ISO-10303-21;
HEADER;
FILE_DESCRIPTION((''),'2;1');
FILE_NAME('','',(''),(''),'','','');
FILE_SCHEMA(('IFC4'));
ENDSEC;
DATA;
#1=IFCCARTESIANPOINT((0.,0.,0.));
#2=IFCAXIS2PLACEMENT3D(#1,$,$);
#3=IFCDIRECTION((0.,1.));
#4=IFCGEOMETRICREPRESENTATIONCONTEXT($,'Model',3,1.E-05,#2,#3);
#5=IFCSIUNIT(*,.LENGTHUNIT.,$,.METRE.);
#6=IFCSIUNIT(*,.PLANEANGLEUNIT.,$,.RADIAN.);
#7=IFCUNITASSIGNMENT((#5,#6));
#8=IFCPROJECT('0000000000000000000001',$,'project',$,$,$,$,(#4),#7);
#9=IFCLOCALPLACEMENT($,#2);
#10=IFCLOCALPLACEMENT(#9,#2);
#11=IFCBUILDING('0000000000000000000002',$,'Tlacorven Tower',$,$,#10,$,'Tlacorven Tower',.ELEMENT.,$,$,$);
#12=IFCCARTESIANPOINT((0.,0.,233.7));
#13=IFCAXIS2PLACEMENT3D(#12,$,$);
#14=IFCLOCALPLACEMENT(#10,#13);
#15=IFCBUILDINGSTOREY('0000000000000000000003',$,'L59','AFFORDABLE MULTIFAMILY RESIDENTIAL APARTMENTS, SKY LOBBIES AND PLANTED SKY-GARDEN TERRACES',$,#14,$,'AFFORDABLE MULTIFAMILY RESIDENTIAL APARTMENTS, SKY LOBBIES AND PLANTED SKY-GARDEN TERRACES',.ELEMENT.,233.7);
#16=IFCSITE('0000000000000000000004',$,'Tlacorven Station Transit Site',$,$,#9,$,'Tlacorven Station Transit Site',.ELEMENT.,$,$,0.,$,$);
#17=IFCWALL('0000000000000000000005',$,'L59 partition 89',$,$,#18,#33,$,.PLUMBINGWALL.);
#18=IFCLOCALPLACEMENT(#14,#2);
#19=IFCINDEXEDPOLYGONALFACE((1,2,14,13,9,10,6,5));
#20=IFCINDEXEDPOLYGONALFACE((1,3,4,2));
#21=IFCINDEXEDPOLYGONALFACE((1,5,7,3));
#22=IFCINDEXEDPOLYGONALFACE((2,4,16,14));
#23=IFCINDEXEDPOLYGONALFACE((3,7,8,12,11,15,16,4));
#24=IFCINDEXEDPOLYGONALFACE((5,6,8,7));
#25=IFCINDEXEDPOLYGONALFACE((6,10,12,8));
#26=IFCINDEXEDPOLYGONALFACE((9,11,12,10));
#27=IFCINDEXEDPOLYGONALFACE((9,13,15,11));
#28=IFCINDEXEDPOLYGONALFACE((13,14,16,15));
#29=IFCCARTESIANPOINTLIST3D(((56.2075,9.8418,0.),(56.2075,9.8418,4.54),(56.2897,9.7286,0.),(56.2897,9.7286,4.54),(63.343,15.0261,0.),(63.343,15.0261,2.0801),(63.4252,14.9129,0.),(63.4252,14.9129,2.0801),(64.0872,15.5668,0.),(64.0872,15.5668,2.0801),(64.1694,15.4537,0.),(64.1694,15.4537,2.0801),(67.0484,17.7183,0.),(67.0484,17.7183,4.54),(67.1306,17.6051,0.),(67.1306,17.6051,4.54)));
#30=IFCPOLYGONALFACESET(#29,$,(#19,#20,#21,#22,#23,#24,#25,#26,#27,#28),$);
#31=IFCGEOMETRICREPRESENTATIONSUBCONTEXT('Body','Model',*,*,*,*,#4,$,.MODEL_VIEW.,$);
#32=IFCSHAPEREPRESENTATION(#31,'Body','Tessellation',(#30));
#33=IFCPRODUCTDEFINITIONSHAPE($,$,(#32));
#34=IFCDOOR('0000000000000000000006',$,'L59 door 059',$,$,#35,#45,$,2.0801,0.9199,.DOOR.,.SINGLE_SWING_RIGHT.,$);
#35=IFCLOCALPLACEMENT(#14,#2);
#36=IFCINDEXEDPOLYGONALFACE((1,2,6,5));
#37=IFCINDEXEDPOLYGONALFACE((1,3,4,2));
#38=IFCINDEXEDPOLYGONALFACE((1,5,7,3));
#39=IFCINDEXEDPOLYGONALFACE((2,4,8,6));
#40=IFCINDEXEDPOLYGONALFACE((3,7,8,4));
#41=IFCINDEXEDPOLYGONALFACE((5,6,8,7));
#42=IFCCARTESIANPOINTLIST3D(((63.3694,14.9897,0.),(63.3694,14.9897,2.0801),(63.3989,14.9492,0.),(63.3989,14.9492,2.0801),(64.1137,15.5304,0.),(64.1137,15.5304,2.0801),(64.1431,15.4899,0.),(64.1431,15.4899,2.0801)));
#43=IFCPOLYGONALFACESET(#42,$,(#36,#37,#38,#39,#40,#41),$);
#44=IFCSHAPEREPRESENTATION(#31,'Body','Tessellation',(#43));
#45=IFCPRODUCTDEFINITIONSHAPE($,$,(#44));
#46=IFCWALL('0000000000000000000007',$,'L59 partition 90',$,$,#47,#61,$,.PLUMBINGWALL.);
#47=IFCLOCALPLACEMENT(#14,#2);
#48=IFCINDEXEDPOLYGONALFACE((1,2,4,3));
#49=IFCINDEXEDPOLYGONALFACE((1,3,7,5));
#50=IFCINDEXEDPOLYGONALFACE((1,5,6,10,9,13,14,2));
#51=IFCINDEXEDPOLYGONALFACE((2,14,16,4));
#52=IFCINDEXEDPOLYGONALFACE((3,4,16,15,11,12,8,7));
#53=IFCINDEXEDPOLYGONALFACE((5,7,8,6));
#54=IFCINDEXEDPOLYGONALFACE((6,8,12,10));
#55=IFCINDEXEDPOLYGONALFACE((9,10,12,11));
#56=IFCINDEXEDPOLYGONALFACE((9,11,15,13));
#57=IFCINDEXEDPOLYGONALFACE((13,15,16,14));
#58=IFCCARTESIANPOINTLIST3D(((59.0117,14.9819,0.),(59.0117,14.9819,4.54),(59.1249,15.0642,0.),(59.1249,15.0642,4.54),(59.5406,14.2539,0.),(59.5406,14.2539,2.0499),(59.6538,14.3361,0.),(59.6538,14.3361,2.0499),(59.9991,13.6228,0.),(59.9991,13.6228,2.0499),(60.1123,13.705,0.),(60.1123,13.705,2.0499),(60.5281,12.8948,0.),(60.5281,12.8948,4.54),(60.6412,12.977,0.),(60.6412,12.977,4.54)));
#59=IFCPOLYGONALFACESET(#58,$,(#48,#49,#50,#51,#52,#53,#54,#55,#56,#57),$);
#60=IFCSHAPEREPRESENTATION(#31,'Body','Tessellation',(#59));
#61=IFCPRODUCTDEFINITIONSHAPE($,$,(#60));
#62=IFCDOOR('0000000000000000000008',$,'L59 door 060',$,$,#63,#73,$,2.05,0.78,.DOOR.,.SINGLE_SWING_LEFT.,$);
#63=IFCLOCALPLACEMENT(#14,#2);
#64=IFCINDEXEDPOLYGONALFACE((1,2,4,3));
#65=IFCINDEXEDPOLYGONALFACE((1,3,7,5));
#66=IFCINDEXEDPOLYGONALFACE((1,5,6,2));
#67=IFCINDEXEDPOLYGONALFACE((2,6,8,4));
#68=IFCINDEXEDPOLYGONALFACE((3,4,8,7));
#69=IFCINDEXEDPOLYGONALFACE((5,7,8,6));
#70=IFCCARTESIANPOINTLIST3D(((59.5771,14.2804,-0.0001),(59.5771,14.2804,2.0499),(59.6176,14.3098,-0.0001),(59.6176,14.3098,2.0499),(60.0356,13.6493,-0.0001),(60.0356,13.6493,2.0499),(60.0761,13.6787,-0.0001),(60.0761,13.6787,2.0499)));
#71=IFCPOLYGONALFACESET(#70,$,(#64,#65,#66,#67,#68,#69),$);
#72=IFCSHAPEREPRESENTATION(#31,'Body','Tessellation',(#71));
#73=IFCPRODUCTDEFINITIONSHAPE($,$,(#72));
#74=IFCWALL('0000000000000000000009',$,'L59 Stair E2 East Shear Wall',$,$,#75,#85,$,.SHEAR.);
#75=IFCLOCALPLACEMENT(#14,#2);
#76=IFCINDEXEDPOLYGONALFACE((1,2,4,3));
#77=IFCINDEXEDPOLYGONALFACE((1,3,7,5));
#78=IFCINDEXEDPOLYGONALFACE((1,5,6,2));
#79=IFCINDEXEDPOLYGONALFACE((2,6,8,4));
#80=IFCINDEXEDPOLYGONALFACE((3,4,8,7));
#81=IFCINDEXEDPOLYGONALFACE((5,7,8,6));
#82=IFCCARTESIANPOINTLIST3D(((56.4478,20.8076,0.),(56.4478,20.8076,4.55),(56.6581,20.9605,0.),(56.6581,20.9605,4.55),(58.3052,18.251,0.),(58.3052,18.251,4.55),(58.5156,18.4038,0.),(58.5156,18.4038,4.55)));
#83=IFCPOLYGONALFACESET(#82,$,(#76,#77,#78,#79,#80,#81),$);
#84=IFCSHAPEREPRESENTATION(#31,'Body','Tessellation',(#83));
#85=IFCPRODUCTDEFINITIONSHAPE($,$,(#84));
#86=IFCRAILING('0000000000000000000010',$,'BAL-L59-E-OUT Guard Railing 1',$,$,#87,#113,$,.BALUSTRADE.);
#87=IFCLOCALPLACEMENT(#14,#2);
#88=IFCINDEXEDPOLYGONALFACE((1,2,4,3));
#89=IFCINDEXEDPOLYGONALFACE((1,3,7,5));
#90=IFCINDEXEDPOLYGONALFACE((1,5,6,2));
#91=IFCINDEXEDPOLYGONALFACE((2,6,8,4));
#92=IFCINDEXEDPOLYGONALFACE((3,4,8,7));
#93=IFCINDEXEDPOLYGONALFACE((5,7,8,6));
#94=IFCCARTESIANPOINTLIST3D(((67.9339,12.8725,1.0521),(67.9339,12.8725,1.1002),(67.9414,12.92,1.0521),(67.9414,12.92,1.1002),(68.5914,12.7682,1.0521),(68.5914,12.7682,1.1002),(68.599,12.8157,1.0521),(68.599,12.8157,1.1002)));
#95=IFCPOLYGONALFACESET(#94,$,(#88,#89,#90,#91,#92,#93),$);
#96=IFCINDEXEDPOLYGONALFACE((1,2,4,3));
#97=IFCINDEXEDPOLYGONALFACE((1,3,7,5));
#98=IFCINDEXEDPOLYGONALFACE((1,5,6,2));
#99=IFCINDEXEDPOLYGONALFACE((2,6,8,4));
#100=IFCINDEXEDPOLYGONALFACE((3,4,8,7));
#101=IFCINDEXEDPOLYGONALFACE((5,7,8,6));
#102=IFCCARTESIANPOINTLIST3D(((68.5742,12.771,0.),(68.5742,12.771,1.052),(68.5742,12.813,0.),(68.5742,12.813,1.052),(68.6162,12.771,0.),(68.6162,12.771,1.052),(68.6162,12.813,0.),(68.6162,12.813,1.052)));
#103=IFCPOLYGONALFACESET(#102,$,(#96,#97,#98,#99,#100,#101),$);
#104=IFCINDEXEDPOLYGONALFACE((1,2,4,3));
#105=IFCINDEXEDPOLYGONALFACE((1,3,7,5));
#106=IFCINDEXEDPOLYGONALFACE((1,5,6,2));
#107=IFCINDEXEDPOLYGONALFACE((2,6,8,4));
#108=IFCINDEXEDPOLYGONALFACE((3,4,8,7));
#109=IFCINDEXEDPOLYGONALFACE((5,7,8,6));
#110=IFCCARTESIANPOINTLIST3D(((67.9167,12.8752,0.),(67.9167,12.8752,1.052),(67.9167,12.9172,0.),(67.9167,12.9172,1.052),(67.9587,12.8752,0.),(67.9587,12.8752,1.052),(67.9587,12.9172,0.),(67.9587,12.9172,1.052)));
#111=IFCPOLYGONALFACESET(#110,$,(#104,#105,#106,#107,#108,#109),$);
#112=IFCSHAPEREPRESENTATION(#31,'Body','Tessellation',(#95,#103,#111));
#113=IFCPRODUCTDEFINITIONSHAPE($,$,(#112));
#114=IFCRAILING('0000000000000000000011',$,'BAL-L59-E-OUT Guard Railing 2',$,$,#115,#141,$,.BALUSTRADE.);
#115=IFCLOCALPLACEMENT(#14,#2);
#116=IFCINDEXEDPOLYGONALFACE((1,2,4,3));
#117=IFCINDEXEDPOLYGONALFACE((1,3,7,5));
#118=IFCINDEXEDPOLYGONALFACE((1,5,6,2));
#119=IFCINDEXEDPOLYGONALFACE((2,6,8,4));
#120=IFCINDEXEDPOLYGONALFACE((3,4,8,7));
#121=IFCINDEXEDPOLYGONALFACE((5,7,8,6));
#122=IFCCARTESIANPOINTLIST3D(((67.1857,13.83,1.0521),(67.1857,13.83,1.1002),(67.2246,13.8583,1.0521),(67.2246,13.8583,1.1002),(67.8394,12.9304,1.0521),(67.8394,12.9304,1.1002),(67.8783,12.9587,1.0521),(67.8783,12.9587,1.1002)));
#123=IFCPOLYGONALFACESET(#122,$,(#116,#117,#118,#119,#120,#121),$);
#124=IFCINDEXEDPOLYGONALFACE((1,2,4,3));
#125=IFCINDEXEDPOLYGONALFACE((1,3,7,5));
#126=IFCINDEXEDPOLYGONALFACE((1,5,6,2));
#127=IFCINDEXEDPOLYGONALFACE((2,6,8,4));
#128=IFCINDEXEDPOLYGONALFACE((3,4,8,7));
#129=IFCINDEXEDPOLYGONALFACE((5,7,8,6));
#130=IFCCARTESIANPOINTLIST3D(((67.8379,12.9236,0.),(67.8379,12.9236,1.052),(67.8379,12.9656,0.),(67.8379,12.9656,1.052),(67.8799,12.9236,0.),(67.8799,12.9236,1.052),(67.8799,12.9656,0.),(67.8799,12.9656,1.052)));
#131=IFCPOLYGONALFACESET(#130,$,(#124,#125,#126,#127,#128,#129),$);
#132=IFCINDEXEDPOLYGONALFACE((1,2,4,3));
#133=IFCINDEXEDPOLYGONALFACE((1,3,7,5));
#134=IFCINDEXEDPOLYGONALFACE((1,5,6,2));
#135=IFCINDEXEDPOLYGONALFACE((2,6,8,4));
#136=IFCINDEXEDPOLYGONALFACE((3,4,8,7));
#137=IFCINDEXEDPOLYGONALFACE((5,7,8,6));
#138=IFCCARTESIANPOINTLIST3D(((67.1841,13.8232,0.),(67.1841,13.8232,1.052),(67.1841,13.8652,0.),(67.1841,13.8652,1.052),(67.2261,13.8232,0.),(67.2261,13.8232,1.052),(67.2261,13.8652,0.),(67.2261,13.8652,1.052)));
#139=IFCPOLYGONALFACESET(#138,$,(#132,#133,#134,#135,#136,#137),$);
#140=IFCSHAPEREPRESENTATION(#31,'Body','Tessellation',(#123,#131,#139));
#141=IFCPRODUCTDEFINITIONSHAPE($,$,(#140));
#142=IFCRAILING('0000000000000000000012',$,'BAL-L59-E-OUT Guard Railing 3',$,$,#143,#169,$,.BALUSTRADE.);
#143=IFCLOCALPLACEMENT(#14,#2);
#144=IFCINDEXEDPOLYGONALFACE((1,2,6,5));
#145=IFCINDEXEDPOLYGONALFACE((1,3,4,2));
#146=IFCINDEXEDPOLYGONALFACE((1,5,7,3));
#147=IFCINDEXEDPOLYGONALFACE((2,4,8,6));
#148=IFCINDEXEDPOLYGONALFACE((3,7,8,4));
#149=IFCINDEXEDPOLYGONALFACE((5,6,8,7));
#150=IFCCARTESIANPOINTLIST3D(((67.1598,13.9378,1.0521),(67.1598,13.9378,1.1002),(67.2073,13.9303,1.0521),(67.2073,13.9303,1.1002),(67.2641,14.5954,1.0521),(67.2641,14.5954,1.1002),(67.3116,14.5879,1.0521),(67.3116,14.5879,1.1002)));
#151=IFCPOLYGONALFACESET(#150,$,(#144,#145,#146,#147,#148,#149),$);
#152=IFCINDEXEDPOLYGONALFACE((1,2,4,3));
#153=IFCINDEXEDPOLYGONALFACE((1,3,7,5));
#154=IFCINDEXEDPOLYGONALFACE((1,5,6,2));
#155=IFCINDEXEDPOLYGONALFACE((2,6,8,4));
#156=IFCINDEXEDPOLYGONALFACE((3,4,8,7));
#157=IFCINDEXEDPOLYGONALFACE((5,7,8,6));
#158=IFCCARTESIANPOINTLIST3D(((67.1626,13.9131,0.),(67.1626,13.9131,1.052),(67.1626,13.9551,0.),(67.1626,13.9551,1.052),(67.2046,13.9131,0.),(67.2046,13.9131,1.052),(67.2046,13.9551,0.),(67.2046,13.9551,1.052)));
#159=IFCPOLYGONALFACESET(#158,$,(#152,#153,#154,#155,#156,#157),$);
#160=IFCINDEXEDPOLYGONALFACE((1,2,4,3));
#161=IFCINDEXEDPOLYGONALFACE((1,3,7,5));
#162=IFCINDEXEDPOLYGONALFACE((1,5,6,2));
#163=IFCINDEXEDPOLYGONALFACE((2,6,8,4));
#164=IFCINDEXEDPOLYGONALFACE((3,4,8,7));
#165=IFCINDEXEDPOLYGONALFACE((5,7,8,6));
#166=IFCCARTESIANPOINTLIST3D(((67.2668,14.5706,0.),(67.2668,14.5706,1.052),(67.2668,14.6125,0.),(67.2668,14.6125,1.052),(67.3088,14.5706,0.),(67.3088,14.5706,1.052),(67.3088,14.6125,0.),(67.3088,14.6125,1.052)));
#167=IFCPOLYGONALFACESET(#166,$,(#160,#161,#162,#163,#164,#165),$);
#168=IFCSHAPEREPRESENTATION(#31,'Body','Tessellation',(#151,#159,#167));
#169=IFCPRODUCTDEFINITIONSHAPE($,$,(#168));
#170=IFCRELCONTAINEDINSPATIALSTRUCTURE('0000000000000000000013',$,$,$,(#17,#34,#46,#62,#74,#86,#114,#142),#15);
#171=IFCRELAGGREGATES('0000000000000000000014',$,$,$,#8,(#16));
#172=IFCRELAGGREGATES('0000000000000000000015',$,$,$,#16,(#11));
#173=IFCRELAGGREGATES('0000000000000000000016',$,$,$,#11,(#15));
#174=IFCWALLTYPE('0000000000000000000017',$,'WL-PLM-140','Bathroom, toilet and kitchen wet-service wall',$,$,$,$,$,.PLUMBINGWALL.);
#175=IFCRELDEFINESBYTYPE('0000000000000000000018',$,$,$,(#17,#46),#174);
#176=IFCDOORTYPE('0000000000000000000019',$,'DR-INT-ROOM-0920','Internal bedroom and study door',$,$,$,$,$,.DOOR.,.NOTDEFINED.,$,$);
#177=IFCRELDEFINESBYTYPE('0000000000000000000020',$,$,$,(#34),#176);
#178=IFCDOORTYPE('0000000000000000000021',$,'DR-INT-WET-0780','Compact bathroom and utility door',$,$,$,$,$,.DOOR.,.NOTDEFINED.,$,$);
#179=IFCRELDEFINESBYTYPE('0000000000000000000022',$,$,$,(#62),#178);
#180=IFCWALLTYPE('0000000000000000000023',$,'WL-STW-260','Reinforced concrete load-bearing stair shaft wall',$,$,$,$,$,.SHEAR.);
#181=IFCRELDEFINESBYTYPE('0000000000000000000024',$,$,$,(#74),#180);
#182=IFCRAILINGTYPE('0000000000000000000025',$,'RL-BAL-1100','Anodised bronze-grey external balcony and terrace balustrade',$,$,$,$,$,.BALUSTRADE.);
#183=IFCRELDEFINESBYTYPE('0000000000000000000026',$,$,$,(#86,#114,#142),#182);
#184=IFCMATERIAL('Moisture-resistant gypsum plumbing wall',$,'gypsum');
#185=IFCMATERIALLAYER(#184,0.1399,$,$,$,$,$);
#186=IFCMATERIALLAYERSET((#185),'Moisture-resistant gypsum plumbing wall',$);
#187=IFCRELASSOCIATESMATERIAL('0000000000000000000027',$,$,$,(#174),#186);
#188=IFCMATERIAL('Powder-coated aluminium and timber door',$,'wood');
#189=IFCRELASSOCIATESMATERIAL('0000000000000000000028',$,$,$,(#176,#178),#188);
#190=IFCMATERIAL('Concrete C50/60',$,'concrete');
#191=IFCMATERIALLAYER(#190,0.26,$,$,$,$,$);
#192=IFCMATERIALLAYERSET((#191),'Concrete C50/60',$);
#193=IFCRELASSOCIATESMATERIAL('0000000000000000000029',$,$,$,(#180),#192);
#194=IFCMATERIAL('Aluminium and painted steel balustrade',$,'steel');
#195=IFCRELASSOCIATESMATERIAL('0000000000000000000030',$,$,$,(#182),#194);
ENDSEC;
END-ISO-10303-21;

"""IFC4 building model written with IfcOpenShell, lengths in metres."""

from ifc_helpers import new_model, si_unit, direction, frame, frame_2d, origin, origin_2d, place, context, subcontext, project, spatial, rectangle, extrude, source, transform, mapped, material, layer, layer_set, type_object, element, fill, save


model = new_model("IFC4")

# Units and contexts
model_context = context("Model", 3, precision=1e-05, world=origin(), true_north=direction((0.0, 1.0)))
body_context = subcontext(model_context, "Body", "Model", "MODEL_VIEW")
ifc_project = project(units=[si_unit("LENGTHUNIT", "METRE"), si_unit("PLANEANGLEUNIT", "RADIAN")], contexts=[model_context])

# Site, building, storey
site_placement = place(None, origin())
site = spatial("IfcSite", under=ifc_project, at=site_placement, Name="Tlacorven Station Transit Site", LongName="Tlacorven Station Transit Site", CompositionType="ELEMENT", RefElevation=0.0)
building_placement = place(site_placement, origin())
building = spatial("IfcBuilding", under=site, at=building_placement, Name="Tlacorven Tower", LongName="Tlacorven Tower", CompositionType="ELEMENT")
storey_placement = place(building_placement, frame((0.0, 0.0, 233.7)))
storey = spatial("IfcBuildingStorey", under=building, at=storey_placement, Name="L59", Description="AFFORDABLE MULTIFAMILY RESIDENTIAL APARTMENTS, SKY LOBBIES AND PLANTED SKY-GARDEN TERRACES", LongName="AFFORDABLE MULTIFAMILY RESIDENTIAL APARTMENTS, SKY LOBBIES AND PLANTED SKY-GARDEN TERRACES", CompositionType="ELEMENT", Elevation=233.7)

# Shared definitions
ifc_material_1 = material(Name="Powder-coated aluminium and timber door", Category="wood")

# Walls, openings, doors
ifc_material_2 = material(Name="Moisture-resistant gypsum plumbing wall", Category="gypsum")
ifc_layer_1 = layer(ifc_material_2, 0.1399)
ifc_layer_set_1 = layer_set([ifc_layer_1], Name="Moisture-resistant gypsum plumbing wall")
wall_type_1 = type_object("IfcWallType", Name="WL-PLM-140", Description="Bathroom, toilet and kitchen wet-service wall", PredefinedType="PLUMBINGWALL", material=ifc_layer_set_1)
wall_1_placement = place(storey_placement, frame((56.2485, 9.7852, 0.0), z_axis=(0.0, 0.0, 1.0), x_axis=(0.809012, 0.587792, 0.0)))
wall_1 = element("IfcWall", 1, at=wall_1_placement, inside=storey, type_object=wall_type_1, Name="L59 partition 89", PredefinedType="PLUMBINGWALL", context=body_context, shape_type="SweptSolid", body=[
    extrude(rectangle(XDim=13.4001, YDim=0.1399, at=frame_2d((6.7002, 0.0))), origin(), (0.0, 0.0, 1.0), 4.54),
])
opening_1_placement = place(wall_1_placement, frame((8.8201, 0.0, 0.0)))
opening_1 = element("IfcOpeningElement", 2, at=opening_1_placement, cuts=wall_1, PredefinedType="OPENING", context=body_context, shape_type="SweptSolid", body=[
    extrude(rectangle(XDim=0.9199, YDim=2.0801, at=frame_2d((0.46, 1.04))), frame((0.0, 0.0801, 0.0), z_axis=(0.0, -1.0, 0.0), x_axis=(1.0, 0.0, 0.0)), (0.0, 0.0, 1.0), 0.1599),
])
door_type_1 = type_object("IfcDoorType", Name="DR-INT-ROOM-0920", Description="Internal bedroom and study door", OperationType="NOTDEFINED", PredefinedType="DOOR", material=ifc_material_1)
shared_shape_1 = source(origin(), body_context, "Body", "SweptSolid", [
    extrude(rectangle(XDim=0.9199, YDim=2.0801, at=frame_2d((0.46, 1.04))), frame((0.0, 0.0249, 0.0), z_axis=(0.0, -1.0, 0.0), x_axis=(1.0, 0.0, 0.0)), (0.0, 0.0, 1.0), 0.05),
])
door_1_placement = place(opening_1_placement, origin())
door_1 = element("IfcDoor", 3, at=door_1_placement, inside=storey, type_object=door_type_1, Name="L59 door 059", OperationType="SINGLE_SWING_RIGHT", OverallHeight=2.0801, OverallWidth=0.9199, PredefinedType="DOOR", context=body_context, shape_type="MappedRepresentation", body=[
    mapped(shared_shape_1, transform((0.0, 0.0, 0.0), scale=1.0)),
])
fill(opening_1, door_1)
wall_2_placement = place(storey_placement, frame((60.5847, 12.9358, 0.0), z_axis=(0.0, 0.0, 1.0), x_axis=(-0.587772, 0.809027, 0.0)))
wall_2 = element("IfcWall", 4, at=wall_2_placement, inside=storey, type_object=wall_type_1, Name="L59 partition 90", PredefinedType="PLUMBINGWALL", context=body_context, shape_type="SweptSolid", body=[
    extrude(rectangle(XDim=2.5798, YDim=0.1399, at=frame_2d((1.29, 0.0))), origin(), (0.0, 0.0, 1.0), 4.54),
])
opening_2_placement = place(wall_2_placement, frame((0.8999, 0.0, 0.0)))
opening_2 = element("IfcOpeningElement", 5, at=opening_2_placement, cuts=wall_2, PredefinedType="OPENING", context=body_context, shape_type="SweptSolid", body=[
    extrude(rectangle(XDim=0.78, YDim=2.05, at=frame_2d((0.3901, 1.0249))), frame((0.0, 0.0801, 0.0), z_axis=(0.0, -1.0, 0.0), x_axis=(1.0, 0.0, 0.0)), (0.0, 0.0, 1.0), 0.1599),
])
door_type_2 = type_object("IfcDoorType", Name="DR-INT-WET-0780", Description="Compact bathroom and utility door", OperationType="NOTDEFINED", PredefinedType="DOOR", material=ifc_material_1)
shared_shape_2 = source(origin(), body_context, "Body", "SweptSolid", [
    extrude(rectangle(XDim=0.78, YDim=2.05, at=frame_2d((0.3901, 1.0249))), frame((0.0, 0.0249, 0.0), z_axis=(0.0, -1.0, 0.0), x_axis=(1.0, 0.0, 0.0)), (0.0, 0.0, 1.0), 0.05),
])
door_2_placement = place(opening_2_placement, origin())
door_2 = element("IfcDoor", 6, at=door_2_placement, inside=storey, type_object=door_type_2, Name="L59 door 060", OperationType="SINGLE_SWING_LEFT", OverallHeight=2.05, OverallWidth=0.78, PredefinedType="DOOR", context=body_context, shape_type="MappedRepresentation", body=[
    mapped(shared_shape_2, transform((0.0, 0.0, 0.0), scale=1.0)),
])
fill(opening_2, door_2)

# Wall
ifc_material_3 = material(Name="Concrete C50/60", Category="concrete")
ifc_layer_2 = layer(ifc_material_3, 0.26)
ifc_layer_set_2 = layer_set([ifc_layer_2], Name="Concrete C50/60")
wall_type_2 = type_object("IfcWallType", Name="WL-STW-260", Description="Reinforced concrete load-bearing stair shaft wall", PredefinedType="SHEAR", material=ifc_layer_set_2)
wall_3_placement = place(storey_placement, frame((58.4104, 18.3274, 0.0), z_axis=(0.0, 0.0, 1.0), x_axis=(-0.587767, 0.80903, 0.0)))
element("IfcWall", 7, at=wall_3_placement, inside=storey, type_object=wall_type_2, Name="L59 Stair E2 East Shear Wall", PredefinedType="SHEAR", context=body_context, shape_type="SweptSolid", body=[
    extrude(rectangle(XDim=3.1602, YDim=0.26, at=frame_2d((1.5801, 0.0))), origin(), (0.0, 0.0, 1.0), 4.55),
])

# Railings
ifc_material_4 = material(Name="Aluminium and painted steel balustrade", Category="steel")
railing_type = type_object("IfcRailingType", Name="RL-BAL-1100", Description="Anodised bronze-grey external balcony and terrace balustrade", PredefinedType="BALUSTRADE", material=ifc_material_4)
shared_shape_3 = source(origin(), body_context, "Body", "SweptSolid", [
    extrude(rectangle(XDim=0.0481, YDim=0.0481, at=origin_2d()), frame((0.0, 0.0, 1.0762), z_axis=(-0.987662, 0.156603, 0.0), x_axis=(-0.156603, -0.987662, 0.0)), (0.0, 0.0, 1.0), 0.6658),
    extrude(rectangle(XDim=0.042, YDim=0.042, at=origin_2d()), origin(), (0.0, 0.0, 1.0), 1.052),
    extrude(rectangle(XDim=0.042, YDim=0.042, at=origin_2d()), frame((-0.6575, 0.1042, 0.0)), (0.0, 0.0, 1.0), 1.052),
])
railing_1_placement = place(storey_placement, frame((68.5952, 12.792, 0.0)))
element("IfcRailing", 8, at=railing_1_placement, inside=storey, type_object=railing_type, Name="BAL-L59-E-OUT Guard Railing 1", PredefinedType="BALUSTRADE", context=body_context, shape_type="MappedRepresentation", body=[
    mapped(shared_shape_3, transform((0.0, 0.0, 0.0), scale=1.0)),
])
shared_shape_4 = source(origin(), body_context, "Body", "SweptSolid", [
    extrude(rectangle(XDim=0.0481, YDim=0.0481, at=origin_2d()), frame((0.0, 0.0, 1.0762), z_axis=(-0.587884, 0.808945, 0.0), x_axis=(-0.808945, -0.587884, 0.0)), (0.0, 0.0, 1.0), 1.1121),
    extrude(rectangle(XDim=0.042, YDim=0.042, at=origin_2d()), origin(), (0.0, 0.0, 1.0), 1.052),
    extrude(rectangle(XDim=0.042, YDim=0.042, at=origin_2d()), frame((-0.6538, 0.8997, 0.0)), (0.0, 0.0, 1.0), 1.052),
])
railing_2_placement = place(storey_placement, frame((67.8589, 12.9446, 0.0)))
element("IfcRailing", 9, at=railing_2_placement, inside=storey, type_object=railing_type, Name="BAL-L59-E-OUT Guard Railing 2", PredefinedType="BALUSTRADE", context=body_context, shape_type="MappedRepresentation", body=[
    mapped(shared_shape_4, transform((0.0, 0.0, 0.0), scale=1.0)),
])
shared_shape_5 = source(origin(), body_context, "Body", "SweptSolid", [
    extrude(rectangle(XDim=0.0481, YDim=0.0481, at=origin_2d()), frame((0.0, 0.0, 1.0762), z_axis=(0.156603, 0.987662, 0.0), x_axis=(-0.987662, 0.156603, 0.0)), (0.0, 0.0, 1.0), 0.6658),
    extrude(rectangle(XDim=0.042, YDim=0.042, at=origin_2d()), origin(), (0.0, 0.0, 1.0), 1.052),
    extrude(rectangle(XDim=0.042, YDim=0.042, at=origin_2d()), frame((0.1042, 0.6575, 0.0)), (0.0, 0.0, 1.0), 1.052),
])
railing_3_placement = place(storey_placement, frame((67.1836, 13.9341, 0.0)))
element("IfcRailing", 10, at=railing_3_placement, inside=storey, type_object=railing_type, Name="BAL-L59-E-OUT Guard Railing 3", PredefinedType="BALUSTRADE", context=body_context, shape_type="MappedRepresentation", body=[
    mapped(shared_shape_5, transform((0.0, 0.0, 0.0), scale=1.0)),
])

save(model, "model.ifc")
